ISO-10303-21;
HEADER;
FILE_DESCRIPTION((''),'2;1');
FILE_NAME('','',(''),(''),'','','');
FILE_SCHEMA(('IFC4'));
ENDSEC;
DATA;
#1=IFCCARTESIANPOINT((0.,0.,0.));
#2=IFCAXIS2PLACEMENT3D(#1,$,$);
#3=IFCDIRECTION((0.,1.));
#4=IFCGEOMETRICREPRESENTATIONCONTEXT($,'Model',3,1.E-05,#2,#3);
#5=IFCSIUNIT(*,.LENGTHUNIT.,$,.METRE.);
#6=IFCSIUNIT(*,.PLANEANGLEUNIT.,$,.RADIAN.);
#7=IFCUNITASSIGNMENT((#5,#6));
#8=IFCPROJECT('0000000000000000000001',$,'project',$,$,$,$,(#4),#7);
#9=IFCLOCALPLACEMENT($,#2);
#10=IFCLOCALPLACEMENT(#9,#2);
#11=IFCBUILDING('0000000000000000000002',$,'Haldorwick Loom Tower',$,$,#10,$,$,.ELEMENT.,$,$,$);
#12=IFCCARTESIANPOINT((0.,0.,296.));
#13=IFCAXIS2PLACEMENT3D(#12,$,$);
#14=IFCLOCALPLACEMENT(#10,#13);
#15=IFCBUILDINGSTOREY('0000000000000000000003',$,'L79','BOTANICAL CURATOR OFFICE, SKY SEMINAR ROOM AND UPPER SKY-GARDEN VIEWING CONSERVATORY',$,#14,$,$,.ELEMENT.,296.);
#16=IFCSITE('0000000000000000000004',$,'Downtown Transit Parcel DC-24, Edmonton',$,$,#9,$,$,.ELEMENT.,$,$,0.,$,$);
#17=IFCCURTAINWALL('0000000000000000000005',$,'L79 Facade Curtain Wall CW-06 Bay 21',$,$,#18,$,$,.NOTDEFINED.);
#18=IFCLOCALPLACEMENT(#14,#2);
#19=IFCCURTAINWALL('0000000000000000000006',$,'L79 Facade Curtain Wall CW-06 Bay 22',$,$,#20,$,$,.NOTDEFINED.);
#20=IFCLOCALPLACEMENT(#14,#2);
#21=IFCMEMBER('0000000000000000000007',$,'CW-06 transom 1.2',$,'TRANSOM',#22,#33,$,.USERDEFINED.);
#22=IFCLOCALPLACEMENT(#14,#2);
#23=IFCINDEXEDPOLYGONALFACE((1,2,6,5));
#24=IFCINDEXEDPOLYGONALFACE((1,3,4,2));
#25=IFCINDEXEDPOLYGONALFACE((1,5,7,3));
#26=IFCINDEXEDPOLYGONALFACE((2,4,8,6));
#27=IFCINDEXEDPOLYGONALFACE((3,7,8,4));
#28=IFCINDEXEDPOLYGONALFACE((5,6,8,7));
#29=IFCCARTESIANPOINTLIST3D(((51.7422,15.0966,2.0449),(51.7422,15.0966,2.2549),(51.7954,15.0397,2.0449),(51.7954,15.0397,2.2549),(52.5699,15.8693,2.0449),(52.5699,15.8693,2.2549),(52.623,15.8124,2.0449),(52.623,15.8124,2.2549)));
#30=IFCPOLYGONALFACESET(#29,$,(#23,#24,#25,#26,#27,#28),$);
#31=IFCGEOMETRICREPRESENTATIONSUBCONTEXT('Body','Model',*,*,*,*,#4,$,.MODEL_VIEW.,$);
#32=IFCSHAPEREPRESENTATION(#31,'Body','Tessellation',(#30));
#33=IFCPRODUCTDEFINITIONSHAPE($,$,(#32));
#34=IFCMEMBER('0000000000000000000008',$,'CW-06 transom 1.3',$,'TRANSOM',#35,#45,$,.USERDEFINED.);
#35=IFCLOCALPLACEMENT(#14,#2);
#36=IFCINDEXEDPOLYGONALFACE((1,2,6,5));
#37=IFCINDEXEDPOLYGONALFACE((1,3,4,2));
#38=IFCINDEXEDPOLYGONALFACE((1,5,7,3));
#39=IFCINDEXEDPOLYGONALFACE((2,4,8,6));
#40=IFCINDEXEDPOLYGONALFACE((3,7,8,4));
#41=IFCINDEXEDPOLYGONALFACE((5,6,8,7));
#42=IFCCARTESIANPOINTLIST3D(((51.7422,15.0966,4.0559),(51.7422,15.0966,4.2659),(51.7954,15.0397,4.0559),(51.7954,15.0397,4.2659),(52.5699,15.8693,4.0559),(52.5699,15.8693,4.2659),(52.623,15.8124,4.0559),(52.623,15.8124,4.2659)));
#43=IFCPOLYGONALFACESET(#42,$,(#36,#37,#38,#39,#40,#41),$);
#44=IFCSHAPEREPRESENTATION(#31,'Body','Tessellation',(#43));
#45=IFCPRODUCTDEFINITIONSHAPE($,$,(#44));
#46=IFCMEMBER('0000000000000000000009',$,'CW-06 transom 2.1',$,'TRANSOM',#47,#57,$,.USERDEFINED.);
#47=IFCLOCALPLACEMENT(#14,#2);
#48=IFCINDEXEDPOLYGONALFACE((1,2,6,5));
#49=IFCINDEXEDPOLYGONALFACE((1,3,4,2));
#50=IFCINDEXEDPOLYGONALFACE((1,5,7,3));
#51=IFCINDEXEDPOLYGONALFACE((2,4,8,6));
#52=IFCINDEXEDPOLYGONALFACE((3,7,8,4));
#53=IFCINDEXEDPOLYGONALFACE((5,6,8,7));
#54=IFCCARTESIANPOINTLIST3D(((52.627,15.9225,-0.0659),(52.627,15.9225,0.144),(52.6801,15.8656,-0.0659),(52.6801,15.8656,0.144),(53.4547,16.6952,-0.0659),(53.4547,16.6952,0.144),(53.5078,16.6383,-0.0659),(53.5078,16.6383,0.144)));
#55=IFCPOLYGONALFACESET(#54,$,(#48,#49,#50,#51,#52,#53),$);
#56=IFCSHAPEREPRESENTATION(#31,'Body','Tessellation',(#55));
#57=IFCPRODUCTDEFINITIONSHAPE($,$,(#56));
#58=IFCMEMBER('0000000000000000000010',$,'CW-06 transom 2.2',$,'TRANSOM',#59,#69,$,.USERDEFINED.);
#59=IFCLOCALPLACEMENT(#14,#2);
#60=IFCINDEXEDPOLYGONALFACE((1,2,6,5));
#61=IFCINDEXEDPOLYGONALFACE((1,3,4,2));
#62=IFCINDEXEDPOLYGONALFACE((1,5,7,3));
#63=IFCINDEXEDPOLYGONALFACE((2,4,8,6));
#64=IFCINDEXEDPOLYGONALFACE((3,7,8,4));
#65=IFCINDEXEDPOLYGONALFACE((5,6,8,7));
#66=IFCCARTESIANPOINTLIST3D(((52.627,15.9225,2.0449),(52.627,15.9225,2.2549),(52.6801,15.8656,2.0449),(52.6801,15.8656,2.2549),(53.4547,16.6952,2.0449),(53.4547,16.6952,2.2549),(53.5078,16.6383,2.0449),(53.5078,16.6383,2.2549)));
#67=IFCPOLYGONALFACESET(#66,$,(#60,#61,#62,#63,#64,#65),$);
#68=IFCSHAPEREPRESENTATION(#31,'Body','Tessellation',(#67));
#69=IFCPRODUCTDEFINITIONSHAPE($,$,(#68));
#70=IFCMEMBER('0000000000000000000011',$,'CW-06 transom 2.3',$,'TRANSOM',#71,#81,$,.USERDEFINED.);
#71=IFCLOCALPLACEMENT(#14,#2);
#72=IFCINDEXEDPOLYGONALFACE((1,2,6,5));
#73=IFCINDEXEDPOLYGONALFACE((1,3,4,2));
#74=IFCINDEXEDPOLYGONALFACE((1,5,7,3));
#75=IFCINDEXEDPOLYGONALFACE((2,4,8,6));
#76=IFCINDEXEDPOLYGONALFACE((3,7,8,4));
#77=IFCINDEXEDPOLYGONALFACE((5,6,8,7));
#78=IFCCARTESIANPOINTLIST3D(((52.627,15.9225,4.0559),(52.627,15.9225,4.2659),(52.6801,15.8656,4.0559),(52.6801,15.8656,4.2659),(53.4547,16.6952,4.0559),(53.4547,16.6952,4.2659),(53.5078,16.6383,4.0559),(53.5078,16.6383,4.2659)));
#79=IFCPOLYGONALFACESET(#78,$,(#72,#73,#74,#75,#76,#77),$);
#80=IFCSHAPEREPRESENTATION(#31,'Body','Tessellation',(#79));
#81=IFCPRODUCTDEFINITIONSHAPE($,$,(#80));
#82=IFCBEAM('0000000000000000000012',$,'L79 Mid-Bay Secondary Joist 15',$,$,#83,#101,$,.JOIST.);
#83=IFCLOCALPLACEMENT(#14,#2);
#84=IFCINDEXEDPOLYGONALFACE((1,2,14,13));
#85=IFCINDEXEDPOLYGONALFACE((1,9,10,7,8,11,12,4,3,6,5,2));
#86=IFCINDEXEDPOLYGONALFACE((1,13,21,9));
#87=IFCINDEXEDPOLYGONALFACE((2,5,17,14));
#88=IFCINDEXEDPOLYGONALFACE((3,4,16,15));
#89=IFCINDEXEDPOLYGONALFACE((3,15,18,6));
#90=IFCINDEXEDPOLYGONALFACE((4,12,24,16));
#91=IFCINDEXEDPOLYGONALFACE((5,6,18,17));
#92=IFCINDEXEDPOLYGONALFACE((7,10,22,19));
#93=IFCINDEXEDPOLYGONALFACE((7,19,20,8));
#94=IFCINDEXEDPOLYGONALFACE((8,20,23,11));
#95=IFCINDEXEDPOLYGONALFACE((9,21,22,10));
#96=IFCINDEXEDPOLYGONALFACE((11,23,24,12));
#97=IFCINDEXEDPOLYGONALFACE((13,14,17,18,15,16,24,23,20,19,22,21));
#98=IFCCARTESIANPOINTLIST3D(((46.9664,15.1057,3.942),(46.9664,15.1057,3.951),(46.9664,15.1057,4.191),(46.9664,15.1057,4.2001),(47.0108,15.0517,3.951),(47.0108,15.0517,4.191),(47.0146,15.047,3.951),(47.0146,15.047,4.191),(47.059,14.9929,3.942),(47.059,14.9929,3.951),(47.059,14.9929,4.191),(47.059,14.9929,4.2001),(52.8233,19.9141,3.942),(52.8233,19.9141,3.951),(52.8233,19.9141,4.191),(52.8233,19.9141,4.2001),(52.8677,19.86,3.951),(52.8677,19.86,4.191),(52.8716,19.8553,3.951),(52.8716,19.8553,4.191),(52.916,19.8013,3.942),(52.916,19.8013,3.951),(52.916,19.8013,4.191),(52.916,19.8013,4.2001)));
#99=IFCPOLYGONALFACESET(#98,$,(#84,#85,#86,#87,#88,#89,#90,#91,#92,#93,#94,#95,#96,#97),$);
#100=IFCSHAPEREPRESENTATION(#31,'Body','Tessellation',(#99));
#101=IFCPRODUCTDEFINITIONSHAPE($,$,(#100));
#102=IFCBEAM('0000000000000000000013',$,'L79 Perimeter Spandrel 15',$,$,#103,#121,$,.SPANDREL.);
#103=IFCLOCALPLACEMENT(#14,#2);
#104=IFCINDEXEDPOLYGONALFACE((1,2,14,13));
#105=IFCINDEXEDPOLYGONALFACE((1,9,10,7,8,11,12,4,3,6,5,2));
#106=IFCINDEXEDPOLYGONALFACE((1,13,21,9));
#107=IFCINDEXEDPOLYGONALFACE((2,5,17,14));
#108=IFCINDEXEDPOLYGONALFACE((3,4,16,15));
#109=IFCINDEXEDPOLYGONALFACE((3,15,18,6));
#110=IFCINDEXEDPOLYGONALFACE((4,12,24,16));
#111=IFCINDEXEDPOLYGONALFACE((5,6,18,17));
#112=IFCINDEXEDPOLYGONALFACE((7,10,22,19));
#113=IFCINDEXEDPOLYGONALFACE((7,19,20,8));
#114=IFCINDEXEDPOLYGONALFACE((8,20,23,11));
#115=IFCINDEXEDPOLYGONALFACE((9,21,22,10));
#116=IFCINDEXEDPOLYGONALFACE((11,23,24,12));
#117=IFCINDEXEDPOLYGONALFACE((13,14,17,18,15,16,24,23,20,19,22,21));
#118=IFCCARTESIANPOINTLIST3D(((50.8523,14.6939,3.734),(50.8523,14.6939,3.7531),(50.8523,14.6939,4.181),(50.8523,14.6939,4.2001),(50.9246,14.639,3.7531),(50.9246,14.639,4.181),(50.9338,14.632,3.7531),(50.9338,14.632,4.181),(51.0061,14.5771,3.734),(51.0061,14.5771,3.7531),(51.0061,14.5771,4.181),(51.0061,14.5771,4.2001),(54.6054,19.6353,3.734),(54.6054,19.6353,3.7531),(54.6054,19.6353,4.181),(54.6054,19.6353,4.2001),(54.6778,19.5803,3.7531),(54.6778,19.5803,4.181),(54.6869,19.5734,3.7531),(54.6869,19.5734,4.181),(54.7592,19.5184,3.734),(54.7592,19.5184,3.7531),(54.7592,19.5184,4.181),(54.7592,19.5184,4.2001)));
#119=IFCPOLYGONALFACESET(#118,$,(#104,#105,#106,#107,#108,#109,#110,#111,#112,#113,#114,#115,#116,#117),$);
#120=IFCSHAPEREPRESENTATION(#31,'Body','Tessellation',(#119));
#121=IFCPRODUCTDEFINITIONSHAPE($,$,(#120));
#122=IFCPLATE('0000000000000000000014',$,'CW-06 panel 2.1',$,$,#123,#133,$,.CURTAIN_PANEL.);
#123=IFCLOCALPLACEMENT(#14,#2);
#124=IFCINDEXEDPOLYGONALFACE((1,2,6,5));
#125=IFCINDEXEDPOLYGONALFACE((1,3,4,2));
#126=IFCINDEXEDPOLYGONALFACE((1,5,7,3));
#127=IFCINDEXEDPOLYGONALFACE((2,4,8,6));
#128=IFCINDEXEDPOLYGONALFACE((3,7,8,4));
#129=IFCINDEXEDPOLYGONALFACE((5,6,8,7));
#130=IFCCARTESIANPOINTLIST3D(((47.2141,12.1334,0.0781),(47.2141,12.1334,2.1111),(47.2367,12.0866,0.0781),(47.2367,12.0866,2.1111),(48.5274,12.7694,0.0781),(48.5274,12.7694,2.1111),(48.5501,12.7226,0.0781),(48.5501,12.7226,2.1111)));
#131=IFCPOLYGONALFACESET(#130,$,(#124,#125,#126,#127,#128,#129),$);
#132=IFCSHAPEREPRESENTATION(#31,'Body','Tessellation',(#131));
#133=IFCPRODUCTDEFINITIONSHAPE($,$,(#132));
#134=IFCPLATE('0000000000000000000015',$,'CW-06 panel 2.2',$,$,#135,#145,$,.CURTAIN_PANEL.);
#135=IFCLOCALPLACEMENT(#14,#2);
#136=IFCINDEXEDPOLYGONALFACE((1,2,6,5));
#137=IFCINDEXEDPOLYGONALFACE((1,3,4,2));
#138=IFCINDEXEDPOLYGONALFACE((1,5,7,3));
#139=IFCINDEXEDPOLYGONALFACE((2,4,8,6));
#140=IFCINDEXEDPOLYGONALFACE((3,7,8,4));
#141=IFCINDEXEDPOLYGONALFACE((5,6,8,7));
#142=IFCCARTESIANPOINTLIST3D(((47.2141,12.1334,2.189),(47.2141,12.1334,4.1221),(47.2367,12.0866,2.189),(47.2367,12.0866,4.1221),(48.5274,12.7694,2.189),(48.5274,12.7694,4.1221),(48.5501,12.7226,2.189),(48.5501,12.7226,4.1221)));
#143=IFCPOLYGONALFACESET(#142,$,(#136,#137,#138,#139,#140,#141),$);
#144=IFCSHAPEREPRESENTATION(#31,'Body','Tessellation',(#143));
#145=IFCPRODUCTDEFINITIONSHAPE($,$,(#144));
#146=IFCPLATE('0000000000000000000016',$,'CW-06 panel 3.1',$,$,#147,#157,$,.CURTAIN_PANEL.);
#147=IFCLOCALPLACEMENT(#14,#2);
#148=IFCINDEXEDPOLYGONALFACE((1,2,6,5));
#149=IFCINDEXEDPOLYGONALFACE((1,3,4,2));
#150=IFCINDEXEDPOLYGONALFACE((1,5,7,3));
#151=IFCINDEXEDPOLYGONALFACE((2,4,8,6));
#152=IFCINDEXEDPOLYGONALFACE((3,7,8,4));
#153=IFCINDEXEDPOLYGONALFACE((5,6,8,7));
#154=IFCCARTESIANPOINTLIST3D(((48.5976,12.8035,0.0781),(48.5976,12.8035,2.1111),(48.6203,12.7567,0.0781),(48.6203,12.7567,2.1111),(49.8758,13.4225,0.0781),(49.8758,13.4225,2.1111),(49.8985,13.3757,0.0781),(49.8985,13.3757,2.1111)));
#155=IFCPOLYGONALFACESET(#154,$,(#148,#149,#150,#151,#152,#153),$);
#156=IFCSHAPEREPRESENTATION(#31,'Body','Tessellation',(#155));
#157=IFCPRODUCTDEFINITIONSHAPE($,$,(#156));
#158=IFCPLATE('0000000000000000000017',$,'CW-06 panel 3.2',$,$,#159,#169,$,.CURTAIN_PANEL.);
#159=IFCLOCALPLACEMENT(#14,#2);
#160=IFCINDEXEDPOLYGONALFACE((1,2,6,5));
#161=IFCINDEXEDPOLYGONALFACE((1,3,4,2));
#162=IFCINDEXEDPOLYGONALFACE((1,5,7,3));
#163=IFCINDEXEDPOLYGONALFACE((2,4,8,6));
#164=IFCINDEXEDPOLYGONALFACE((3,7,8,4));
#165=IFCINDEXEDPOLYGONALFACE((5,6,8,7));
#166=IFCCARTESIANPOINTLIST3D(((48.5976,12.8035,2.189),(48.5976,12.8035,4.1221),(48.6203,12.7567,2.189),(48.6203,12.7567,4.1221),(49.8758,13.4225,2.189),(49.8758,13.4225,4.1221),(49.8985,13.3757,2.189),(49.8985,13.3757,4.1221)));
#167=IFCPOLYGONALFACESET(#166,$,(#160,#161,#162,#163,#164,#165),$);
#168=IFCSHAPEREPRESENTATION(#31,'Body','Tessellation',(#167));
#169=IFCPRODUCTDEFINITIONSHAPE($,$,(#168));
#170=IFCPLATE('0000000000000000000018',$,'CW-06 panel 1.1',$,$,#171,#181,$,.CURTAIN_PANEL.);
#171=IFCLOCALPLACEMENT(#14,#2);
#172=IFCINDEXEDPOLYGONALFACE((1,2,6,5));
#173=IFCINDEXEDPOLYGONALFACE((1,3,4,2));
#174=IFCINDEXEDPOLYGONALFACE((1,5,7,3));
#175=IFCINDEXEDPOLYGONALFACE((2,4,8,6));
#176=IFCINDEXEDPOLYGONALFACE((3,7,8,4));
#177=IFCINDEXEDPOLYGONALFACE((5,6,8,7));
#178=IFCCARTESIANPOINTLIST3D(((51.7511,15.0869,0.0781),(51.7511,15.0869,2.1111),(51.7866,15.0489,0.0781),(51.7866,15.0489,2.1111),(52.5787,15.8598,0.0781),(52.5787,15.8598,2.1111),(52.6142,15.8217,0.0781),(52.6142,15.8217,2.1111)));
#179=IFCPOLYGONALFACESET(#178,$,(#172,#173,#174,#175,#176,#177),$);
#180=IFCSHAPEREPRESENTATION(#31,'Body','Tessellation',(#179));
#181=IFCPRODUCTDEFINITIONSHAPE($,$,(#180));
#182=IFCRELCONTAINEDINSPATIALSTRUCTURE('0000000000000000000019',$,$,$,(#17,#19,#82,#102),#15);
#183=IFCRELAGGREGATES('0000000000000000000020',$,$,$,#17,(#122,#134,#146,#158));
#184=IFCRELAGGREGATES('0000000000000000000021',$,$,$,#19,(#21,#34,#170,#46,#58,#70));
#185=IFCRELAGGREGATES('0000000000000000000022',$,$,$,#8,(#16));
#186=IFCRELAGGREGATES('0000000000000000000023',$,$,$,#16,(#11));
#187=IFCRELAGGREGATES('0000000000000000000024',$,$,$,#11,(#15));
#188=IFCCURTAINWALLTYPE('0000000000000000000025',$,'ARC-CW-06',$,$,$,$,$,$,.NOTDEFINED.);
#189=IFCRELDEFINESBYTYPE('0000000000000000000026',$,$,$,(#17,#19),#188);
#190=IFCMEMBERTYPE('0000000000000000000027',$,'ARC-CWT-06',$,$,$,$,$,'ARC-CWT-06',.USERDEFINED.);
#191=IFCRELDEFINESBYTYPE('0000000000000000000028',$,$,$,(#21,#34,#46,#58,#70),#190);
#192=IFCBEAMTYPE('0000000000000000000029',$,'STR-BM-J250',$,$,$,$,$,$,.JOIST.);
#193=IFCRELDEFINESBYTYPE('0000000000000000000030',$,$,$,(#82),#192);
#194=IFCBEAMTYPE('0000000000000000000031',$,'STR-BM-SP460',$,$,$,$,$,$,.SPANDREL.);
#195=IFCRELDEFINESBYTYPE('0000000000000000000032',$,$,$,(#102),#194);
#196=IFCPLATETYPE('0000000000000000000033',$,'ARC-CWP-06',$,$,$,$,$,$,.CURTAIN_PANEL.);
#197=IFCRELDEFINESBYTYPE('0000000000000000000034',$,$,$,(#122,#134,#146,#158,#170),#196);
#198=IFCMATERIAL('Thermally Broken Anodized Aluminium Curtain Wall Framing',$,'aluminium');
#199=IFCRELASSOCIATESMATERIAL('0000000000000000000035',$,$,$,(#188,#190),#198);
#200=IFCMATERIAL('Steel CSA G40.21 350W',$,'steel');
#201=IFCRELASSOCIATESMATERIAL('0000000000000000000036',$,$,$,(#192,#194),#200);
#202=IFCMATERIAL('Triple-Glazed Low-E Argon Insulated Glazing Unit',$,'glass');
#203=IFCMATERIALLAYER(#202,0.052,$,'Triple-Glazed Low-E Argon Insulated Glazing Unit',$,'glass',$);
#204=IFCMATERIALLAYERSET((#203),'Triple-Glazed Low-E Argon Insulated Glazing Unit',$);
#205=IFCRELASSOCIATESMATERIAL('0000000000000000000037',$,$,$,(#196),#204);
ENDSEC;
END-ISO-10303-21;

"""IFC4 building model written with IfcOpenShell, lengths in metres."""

from ifc_helpers import new_model, si_unit, direction, frame, origin, origin_2d, place, context, subcontext, project, spatial, rectangle, i_section, extrude, material, layer, layer_set, material_profile, profile_set, type_object, element, aggregate, save


model = new_model("IFC4")

# Units and contexts
model_context = context("Model", 3, precision=1e-05, world=origin(), true_north=direction((0.0, 1.0)))
body_context = subcontext(model_context, "Body", "Model", "MODEL_VIEW")
ifc_project = project(units=[si_unit("LENGTHUNIT", "METRE"), si_unit("PLANEANGLEUNIT", "RADIAN")], contexts=[model_context])

# Site, building, storey
site_placement = place(None, origin())
site = spatial("IfcSite", under=ifc_project, at=site_placement, Name="Downtown Transit Parcel DC-24, Edmonton", CompositionType="ELEMENT", RefElevation=0.0)
building_placement = place(site_placement, origin())
building = spatial("IfcBuilding", under=site, at=building_placement, Name="Haldorwick Loom Tower", CompositionType="ELEMENT")
storey_placement = place(building_placement, frame((0.0, 0.0, 296.0)))
storey = spatial("IfcBuildingStorey", under=building, at=storey_placement, Name="L79", Description="BOTANICAL CURATOR OFFICE, SKY SEMINAR ROOM AND UPPER SKY-GARDEN VIEWING CONSERVATORY", CompositionType="ELEMENT", Elevation=296.0)

# Shared definitions
ifc_material_1 = material(Name="Steel CSA G40.21 350W", Category="steel")

# Curtain walls
ifc_material_2 = material(Name="Thermally Broken Anodized Aluminium Curtain Wall Framing", Category="aluminium")
curtain_wall_type = type_object("IfcCurtainWallType", Name="ARC-CW-06", PredefinedType="NOTDEFINED", material=ifc_material_2)
curtain_wall_1_placement = place(storey_placement, origin())
curtain_wall_1 = element("IfcCurtainWall", 1, at=curtain_wall_1_placement, inside=storey, type_object=curtain_wall_type, Name="L79 Facade Curtain Wall CW-06 Bay 21", PredefinedType="NOTDEFINED")
curtain_wall_2_placement = place(storey_placement, origin())
curtain_wall_2 = element("IfcCurtainWall", 2, at=curtain_wall_2_placement, inside=storey, type_object=curtain_wall_type, Name="L79 Facade Curtain Wall CW-06 Bay 22", PredefinedType="NOTDEFINED")

# Members
ifc_material_profile_1 = material_profile(ifc_material_2, rectangle(XDim=0.0779, YDim=0.21, at=origin_2d()), Name="ALU_TRN_78X210", Category="aluminium")
ifc_profile_set_1 = profile_set([ifc_material_profile_1], Name="Thermally Broken Anodized Aluminium Curtain Wall Framing")
member_type_1 = type_object("IfcMemberType", Name="ARC-CWT-06", ElementType="ARC-CWT-06", PredefinedType="USERDEFINED", material=ifc_profile_set_1)
member_1_placement = place(storey_placement, frame((51.7688, 15.0681, 2.1499), z_axis=(0.730948, 0.682433, 0.0), x_axis=(-0.682433, 0.730948, 0.0)))
member_1 = element("IfcMember", 3, at=member_1_placement, type_object=member_type_1, Name="CW-06 transom 1.2", ObjectType="TRANSOM", PredefinedType="USERDEFINED", context=body_context, shape_type="SweptSolid", body=[
    extrude(rectangle(XDim=0.0779, YDim=0.21, at=origin_2d()), origin(), (0.0, 0.0, 1.0), 1.1323),
])
member_2_placement = place(storey_placement, frame((51.7688, 15.0681, 4.1609), z_axis=(0.730948, 0.682433, 0.0), x_axis=(-0.682433, 0.730948, 0.0)))
member_2 = element("IfcMember", 4, at=member_2_placement, type_object=member_type_1, Name="CW-06 transom 1.3", ObjectType="TRANSOM", PredefinedType="USERDEFINED", context=body_context, shape_type="SweptSolid", body=[
    extrude(rectangle(XDim=0.0779, YDim=0.21, at=origin_2d()), origin(), (0.0, 0.0, 1.0), 1.1323),
])
member_3_placement = place(storey_placement, frame((52.6536, 15.894, 0.0391), z_axis=(0.730948, 0.682433, 0.0), x_axis=(-0.682433, 0.730948, 0.0)))
member_3 = element("IfcMember", 5, at=member_3_placement, type_object=member_type_1, Name="CW-06 transom 2.1", ObjectType="TRANSOM", PredefinedType="USERDEFINED", context=body_context, shape_type="SweptSolid", body=[
    extrude(rectangle(XDim=0.0779, YDim=0.21, at=origin_2d()), origin(), (0.0, 0.0, 1.0), 1.1323),
])
member_4_placement = place(storey_placement, frame((52.6536, 15.894, 2.1499), z_axis=(0.730948, 0.682433, 0.0), x_axis=(-0.682433, 0.730948, 0.0)))
member_4 = element("IfcMember", 6, at=member_4_placement, type_object=member_type_1, Name="CW-06 transom 2.2", ObjectType="TRANSOM", PredefinedType="USERDEFINED", context=body_context, shape_type="SweptSolid", body=[
    extrude(rectangle(XDim=0.0779, YDim=0.21, at=origin_2d()), origin(), (0.0, 0.0, 1.0), 1.1323),
])
member_5_placement = place(storey_placement, frame((52.6536, 15.894, 4.1609), z_axis=(0.730948, 0.682433, 0.0), x_axis=(-0.682433, 0.730948, 0.0)))
member_5 = element("IfcMember", 7, at=member_5_placement, type_object=member_type_1, Name="CW-06 transom 2.3", ObjectType="TRANSOM", PredefinedType="USERDEFINED", context=body_context, shape_type="SweptSolid", body=[
    extrude(rectangle(XDim=0.0779, YDim=0.21, at=origin_2d()), origin(), (0.0, 0.0, 1.0), 1.1323),
])

# Beams
ifc_material_profile_2 = material_profile(ifc_material_1, i_section(OverallWidth=0.146, OverallDepth=0.2581, WebThickness=0.0061, FlangeThickness=0.009, at=origin_2d()), Name="W250X33", Category="steel")
ifc_profile_set_2 = profile_set([ifc_material_profile_2], Name="Steel CSA G40.21 350W")
beam_type_1 = type_object("IfcBeamType", Name="STR-BM-J250", PredefinedType="JOIST", material=ifc_profile_set_2)
beam_1_placement = place(storey_placement, frame((47.0127, 15.0493, 4.071), z_axis=(0.772901, 0.634526, 0.0), x_axis=(-0.634526, 0.772901, 0.0)))
element("IfcBeam", 8, at=beam_1_placement, inside=storey, type_object=beam_type_1, Name="L79 Mid-Bay Secondary Joist 15", PredefinedType="JOIST", context=body_context, shape_type="SweptSolid", body=[
    extrude(i_section(OverallWidth=0.146, OverallDepth=0.2581, WebThickness=0.0061, FlangeThickness=0.009, at=origin_2d()), origin(), (0.0, 0.0, 1.0), 7.5779),
])
ifc_material_profile_3 = material_profile(ifc_material_1, i_section(OverallWidth=0.1931, OverallDepth=0.4661, WebThickness=0.0115, FlangeThickness=0.019, at=origin_2d()), Name="W460X97", Category="steel")
ifc_profile_set_3 = profile_set([ifc_material_profile_3], Name="Steel CSA G40.21 350W")
beam_type_2 = type_object("IfcBeamType", Name="STR-BM-SP460", PredefinedType="SPANDREL", material=ifc_profile_set_3)
beam_2_placement = place(storey_placement, frame((50.9292, 14.6355, 3.967), z_axis=(0.604849, 0.79634, 0.0), x_axis=(-0.79634, 0.604849, 0.0)))
element("IfcBeam", 9, at=beam_2_placement, inside=storey, type_object=beam_type_2, Name="L79 Perimeter Spandrel 15", PredefinedType="SPANDREL", context=body_context, shape_type="SweptSolid", body=[
    extrude(i_section(OverallWidth=0.1931, OverallDepth=0.4661, WebThickness=0.0115, FlangeThickness=0.019, at=origin_2d()), origin(), (0.0, 0.0, 1.0), 6.2051),
])

# Plates
ifc_material_3 = material(Name="Triple-Glazed Low-E Argon Insulated Glazing Unit", Category="glass")
ifc_layer = layer(ifc_material_3, 0.052, Name="Triple-Glazed Low-E Argon Insulated Glazing Unit", Category="glass")
ifc_layer_set = layer_set([ifc_layer], Name="Triple-Glazed Low-E Argon Insulated Glazing Unit")
plate_type = type_object("IfcPlateType", Name="ARC-CWP-06", PredefinedType="CURTAIN_PANEL", material=ifc_layer_set)
plate_1_placement = place(storey_placement, frame((47.8821, 12.428, 0.0781), z_axis=(0.0, 0.0, 1.0), x_axis=(0.900032, 0.435824, 0.0)))
plate_1 = element("IfcPlate", 10, at=plate_1_placement, type_object=plate_type, Name="CW-06 panel 2.1", PredefinedType="CURTAIN_PANEL", context=body_context, shape_type="SweptSolid", body=[
    extrude(rectangle(XDim=1.4592, YDim=0.052, at=origin_2d()), origin(), (0.0, 0.0, 1.0), 2.033),
])
plate_2_placement = place(storey_placement, frame((47.8821, 12.428, 2.189), z_axis=(0.0, 0.0, 1.0), x_axis=(0.900032, 0.435824, 0.0)))
plate_2 = element("IfcPlate", 11, at=plate_2_placement, type_object=plate_type, Name="CW-06 panel 2.2", PredefinedType="CURTAIN_PANEL", context=body_context, shape_type="SweptSolid", body=[
    extrude(rectangle(XDim=1.4592, YDim=0.052, at=origin_2d()), origin(), (0.0, 0.0, 1.0), 1.9331),
])
plate_3_placement = place(storey_placement, frame((49.248, 13.0896, 0.0781), z_axis=(0.0, 0.0, 1.0), x_axis=(0.900032, 0.435824, 0.0)))
plate_3 = element("IfcPlate", 12, at=plate_3_placement, type_object=plate_type, Name="CW-06 panel 3.1", PredefinedType="CURTAIN_PANEL", context=body_context, shape_type="SweptSolid", body=[
    extrude(rectangle(XDim=1.4202, YDim=0.052, at=origin_2d()), origin(), (0.0, 0.0, 1.0), 2.033),
])
plate_4_placement = place(storey_placement, frame((49.248, 13.0896, 2.189), z_axis=(0.0, 0.0, 1.0), x_axis=(0.900032, 0.435824, 0.0)))
plate_4 = element("IfcPlate", 13, at=plate_4_placement, type_object=plate_type, Name="CW-06 panel 3.2", PredefinedType="CURTAIN_PANEL", context=body_context, shape_type="SweptSolid", body=[
    extrude(rectangle(XDim=1.4202, YDim=0.052, at=origin_2d()), origin(), (0.0, 0.0, 1.0), 1.9331),
])
aggregate(curtain_wall_1, [plate_1, plate_2, plate_3, plate_4])
plate_5_placement = place(storey_placement, frame((52.1826, 15.4543, 0.0781), z_axis=(0.0, 0.0, 1.0), x_axis=(0.730886, 0.682499, 0.0)))
plate_5 = element("IfcPlate", 14, at=plate_5_placement, type_object=plate_type, Name="CW-06 panel 1.1", PredefinedType="CURTAIN_PANEL", context=body_context, shape_type="SweptSolid", body=[
    extrude(rectangle(XDim=1.1323, YDim=0.052, at=origin_2d()), origin(), (0.0, 0.0, 1.0), 2.033),
])
aggregate(curtain_wall_2, [member_1, member_2, plate_5, member_3, member_4, member_5])

save(model, "model.ifc")
